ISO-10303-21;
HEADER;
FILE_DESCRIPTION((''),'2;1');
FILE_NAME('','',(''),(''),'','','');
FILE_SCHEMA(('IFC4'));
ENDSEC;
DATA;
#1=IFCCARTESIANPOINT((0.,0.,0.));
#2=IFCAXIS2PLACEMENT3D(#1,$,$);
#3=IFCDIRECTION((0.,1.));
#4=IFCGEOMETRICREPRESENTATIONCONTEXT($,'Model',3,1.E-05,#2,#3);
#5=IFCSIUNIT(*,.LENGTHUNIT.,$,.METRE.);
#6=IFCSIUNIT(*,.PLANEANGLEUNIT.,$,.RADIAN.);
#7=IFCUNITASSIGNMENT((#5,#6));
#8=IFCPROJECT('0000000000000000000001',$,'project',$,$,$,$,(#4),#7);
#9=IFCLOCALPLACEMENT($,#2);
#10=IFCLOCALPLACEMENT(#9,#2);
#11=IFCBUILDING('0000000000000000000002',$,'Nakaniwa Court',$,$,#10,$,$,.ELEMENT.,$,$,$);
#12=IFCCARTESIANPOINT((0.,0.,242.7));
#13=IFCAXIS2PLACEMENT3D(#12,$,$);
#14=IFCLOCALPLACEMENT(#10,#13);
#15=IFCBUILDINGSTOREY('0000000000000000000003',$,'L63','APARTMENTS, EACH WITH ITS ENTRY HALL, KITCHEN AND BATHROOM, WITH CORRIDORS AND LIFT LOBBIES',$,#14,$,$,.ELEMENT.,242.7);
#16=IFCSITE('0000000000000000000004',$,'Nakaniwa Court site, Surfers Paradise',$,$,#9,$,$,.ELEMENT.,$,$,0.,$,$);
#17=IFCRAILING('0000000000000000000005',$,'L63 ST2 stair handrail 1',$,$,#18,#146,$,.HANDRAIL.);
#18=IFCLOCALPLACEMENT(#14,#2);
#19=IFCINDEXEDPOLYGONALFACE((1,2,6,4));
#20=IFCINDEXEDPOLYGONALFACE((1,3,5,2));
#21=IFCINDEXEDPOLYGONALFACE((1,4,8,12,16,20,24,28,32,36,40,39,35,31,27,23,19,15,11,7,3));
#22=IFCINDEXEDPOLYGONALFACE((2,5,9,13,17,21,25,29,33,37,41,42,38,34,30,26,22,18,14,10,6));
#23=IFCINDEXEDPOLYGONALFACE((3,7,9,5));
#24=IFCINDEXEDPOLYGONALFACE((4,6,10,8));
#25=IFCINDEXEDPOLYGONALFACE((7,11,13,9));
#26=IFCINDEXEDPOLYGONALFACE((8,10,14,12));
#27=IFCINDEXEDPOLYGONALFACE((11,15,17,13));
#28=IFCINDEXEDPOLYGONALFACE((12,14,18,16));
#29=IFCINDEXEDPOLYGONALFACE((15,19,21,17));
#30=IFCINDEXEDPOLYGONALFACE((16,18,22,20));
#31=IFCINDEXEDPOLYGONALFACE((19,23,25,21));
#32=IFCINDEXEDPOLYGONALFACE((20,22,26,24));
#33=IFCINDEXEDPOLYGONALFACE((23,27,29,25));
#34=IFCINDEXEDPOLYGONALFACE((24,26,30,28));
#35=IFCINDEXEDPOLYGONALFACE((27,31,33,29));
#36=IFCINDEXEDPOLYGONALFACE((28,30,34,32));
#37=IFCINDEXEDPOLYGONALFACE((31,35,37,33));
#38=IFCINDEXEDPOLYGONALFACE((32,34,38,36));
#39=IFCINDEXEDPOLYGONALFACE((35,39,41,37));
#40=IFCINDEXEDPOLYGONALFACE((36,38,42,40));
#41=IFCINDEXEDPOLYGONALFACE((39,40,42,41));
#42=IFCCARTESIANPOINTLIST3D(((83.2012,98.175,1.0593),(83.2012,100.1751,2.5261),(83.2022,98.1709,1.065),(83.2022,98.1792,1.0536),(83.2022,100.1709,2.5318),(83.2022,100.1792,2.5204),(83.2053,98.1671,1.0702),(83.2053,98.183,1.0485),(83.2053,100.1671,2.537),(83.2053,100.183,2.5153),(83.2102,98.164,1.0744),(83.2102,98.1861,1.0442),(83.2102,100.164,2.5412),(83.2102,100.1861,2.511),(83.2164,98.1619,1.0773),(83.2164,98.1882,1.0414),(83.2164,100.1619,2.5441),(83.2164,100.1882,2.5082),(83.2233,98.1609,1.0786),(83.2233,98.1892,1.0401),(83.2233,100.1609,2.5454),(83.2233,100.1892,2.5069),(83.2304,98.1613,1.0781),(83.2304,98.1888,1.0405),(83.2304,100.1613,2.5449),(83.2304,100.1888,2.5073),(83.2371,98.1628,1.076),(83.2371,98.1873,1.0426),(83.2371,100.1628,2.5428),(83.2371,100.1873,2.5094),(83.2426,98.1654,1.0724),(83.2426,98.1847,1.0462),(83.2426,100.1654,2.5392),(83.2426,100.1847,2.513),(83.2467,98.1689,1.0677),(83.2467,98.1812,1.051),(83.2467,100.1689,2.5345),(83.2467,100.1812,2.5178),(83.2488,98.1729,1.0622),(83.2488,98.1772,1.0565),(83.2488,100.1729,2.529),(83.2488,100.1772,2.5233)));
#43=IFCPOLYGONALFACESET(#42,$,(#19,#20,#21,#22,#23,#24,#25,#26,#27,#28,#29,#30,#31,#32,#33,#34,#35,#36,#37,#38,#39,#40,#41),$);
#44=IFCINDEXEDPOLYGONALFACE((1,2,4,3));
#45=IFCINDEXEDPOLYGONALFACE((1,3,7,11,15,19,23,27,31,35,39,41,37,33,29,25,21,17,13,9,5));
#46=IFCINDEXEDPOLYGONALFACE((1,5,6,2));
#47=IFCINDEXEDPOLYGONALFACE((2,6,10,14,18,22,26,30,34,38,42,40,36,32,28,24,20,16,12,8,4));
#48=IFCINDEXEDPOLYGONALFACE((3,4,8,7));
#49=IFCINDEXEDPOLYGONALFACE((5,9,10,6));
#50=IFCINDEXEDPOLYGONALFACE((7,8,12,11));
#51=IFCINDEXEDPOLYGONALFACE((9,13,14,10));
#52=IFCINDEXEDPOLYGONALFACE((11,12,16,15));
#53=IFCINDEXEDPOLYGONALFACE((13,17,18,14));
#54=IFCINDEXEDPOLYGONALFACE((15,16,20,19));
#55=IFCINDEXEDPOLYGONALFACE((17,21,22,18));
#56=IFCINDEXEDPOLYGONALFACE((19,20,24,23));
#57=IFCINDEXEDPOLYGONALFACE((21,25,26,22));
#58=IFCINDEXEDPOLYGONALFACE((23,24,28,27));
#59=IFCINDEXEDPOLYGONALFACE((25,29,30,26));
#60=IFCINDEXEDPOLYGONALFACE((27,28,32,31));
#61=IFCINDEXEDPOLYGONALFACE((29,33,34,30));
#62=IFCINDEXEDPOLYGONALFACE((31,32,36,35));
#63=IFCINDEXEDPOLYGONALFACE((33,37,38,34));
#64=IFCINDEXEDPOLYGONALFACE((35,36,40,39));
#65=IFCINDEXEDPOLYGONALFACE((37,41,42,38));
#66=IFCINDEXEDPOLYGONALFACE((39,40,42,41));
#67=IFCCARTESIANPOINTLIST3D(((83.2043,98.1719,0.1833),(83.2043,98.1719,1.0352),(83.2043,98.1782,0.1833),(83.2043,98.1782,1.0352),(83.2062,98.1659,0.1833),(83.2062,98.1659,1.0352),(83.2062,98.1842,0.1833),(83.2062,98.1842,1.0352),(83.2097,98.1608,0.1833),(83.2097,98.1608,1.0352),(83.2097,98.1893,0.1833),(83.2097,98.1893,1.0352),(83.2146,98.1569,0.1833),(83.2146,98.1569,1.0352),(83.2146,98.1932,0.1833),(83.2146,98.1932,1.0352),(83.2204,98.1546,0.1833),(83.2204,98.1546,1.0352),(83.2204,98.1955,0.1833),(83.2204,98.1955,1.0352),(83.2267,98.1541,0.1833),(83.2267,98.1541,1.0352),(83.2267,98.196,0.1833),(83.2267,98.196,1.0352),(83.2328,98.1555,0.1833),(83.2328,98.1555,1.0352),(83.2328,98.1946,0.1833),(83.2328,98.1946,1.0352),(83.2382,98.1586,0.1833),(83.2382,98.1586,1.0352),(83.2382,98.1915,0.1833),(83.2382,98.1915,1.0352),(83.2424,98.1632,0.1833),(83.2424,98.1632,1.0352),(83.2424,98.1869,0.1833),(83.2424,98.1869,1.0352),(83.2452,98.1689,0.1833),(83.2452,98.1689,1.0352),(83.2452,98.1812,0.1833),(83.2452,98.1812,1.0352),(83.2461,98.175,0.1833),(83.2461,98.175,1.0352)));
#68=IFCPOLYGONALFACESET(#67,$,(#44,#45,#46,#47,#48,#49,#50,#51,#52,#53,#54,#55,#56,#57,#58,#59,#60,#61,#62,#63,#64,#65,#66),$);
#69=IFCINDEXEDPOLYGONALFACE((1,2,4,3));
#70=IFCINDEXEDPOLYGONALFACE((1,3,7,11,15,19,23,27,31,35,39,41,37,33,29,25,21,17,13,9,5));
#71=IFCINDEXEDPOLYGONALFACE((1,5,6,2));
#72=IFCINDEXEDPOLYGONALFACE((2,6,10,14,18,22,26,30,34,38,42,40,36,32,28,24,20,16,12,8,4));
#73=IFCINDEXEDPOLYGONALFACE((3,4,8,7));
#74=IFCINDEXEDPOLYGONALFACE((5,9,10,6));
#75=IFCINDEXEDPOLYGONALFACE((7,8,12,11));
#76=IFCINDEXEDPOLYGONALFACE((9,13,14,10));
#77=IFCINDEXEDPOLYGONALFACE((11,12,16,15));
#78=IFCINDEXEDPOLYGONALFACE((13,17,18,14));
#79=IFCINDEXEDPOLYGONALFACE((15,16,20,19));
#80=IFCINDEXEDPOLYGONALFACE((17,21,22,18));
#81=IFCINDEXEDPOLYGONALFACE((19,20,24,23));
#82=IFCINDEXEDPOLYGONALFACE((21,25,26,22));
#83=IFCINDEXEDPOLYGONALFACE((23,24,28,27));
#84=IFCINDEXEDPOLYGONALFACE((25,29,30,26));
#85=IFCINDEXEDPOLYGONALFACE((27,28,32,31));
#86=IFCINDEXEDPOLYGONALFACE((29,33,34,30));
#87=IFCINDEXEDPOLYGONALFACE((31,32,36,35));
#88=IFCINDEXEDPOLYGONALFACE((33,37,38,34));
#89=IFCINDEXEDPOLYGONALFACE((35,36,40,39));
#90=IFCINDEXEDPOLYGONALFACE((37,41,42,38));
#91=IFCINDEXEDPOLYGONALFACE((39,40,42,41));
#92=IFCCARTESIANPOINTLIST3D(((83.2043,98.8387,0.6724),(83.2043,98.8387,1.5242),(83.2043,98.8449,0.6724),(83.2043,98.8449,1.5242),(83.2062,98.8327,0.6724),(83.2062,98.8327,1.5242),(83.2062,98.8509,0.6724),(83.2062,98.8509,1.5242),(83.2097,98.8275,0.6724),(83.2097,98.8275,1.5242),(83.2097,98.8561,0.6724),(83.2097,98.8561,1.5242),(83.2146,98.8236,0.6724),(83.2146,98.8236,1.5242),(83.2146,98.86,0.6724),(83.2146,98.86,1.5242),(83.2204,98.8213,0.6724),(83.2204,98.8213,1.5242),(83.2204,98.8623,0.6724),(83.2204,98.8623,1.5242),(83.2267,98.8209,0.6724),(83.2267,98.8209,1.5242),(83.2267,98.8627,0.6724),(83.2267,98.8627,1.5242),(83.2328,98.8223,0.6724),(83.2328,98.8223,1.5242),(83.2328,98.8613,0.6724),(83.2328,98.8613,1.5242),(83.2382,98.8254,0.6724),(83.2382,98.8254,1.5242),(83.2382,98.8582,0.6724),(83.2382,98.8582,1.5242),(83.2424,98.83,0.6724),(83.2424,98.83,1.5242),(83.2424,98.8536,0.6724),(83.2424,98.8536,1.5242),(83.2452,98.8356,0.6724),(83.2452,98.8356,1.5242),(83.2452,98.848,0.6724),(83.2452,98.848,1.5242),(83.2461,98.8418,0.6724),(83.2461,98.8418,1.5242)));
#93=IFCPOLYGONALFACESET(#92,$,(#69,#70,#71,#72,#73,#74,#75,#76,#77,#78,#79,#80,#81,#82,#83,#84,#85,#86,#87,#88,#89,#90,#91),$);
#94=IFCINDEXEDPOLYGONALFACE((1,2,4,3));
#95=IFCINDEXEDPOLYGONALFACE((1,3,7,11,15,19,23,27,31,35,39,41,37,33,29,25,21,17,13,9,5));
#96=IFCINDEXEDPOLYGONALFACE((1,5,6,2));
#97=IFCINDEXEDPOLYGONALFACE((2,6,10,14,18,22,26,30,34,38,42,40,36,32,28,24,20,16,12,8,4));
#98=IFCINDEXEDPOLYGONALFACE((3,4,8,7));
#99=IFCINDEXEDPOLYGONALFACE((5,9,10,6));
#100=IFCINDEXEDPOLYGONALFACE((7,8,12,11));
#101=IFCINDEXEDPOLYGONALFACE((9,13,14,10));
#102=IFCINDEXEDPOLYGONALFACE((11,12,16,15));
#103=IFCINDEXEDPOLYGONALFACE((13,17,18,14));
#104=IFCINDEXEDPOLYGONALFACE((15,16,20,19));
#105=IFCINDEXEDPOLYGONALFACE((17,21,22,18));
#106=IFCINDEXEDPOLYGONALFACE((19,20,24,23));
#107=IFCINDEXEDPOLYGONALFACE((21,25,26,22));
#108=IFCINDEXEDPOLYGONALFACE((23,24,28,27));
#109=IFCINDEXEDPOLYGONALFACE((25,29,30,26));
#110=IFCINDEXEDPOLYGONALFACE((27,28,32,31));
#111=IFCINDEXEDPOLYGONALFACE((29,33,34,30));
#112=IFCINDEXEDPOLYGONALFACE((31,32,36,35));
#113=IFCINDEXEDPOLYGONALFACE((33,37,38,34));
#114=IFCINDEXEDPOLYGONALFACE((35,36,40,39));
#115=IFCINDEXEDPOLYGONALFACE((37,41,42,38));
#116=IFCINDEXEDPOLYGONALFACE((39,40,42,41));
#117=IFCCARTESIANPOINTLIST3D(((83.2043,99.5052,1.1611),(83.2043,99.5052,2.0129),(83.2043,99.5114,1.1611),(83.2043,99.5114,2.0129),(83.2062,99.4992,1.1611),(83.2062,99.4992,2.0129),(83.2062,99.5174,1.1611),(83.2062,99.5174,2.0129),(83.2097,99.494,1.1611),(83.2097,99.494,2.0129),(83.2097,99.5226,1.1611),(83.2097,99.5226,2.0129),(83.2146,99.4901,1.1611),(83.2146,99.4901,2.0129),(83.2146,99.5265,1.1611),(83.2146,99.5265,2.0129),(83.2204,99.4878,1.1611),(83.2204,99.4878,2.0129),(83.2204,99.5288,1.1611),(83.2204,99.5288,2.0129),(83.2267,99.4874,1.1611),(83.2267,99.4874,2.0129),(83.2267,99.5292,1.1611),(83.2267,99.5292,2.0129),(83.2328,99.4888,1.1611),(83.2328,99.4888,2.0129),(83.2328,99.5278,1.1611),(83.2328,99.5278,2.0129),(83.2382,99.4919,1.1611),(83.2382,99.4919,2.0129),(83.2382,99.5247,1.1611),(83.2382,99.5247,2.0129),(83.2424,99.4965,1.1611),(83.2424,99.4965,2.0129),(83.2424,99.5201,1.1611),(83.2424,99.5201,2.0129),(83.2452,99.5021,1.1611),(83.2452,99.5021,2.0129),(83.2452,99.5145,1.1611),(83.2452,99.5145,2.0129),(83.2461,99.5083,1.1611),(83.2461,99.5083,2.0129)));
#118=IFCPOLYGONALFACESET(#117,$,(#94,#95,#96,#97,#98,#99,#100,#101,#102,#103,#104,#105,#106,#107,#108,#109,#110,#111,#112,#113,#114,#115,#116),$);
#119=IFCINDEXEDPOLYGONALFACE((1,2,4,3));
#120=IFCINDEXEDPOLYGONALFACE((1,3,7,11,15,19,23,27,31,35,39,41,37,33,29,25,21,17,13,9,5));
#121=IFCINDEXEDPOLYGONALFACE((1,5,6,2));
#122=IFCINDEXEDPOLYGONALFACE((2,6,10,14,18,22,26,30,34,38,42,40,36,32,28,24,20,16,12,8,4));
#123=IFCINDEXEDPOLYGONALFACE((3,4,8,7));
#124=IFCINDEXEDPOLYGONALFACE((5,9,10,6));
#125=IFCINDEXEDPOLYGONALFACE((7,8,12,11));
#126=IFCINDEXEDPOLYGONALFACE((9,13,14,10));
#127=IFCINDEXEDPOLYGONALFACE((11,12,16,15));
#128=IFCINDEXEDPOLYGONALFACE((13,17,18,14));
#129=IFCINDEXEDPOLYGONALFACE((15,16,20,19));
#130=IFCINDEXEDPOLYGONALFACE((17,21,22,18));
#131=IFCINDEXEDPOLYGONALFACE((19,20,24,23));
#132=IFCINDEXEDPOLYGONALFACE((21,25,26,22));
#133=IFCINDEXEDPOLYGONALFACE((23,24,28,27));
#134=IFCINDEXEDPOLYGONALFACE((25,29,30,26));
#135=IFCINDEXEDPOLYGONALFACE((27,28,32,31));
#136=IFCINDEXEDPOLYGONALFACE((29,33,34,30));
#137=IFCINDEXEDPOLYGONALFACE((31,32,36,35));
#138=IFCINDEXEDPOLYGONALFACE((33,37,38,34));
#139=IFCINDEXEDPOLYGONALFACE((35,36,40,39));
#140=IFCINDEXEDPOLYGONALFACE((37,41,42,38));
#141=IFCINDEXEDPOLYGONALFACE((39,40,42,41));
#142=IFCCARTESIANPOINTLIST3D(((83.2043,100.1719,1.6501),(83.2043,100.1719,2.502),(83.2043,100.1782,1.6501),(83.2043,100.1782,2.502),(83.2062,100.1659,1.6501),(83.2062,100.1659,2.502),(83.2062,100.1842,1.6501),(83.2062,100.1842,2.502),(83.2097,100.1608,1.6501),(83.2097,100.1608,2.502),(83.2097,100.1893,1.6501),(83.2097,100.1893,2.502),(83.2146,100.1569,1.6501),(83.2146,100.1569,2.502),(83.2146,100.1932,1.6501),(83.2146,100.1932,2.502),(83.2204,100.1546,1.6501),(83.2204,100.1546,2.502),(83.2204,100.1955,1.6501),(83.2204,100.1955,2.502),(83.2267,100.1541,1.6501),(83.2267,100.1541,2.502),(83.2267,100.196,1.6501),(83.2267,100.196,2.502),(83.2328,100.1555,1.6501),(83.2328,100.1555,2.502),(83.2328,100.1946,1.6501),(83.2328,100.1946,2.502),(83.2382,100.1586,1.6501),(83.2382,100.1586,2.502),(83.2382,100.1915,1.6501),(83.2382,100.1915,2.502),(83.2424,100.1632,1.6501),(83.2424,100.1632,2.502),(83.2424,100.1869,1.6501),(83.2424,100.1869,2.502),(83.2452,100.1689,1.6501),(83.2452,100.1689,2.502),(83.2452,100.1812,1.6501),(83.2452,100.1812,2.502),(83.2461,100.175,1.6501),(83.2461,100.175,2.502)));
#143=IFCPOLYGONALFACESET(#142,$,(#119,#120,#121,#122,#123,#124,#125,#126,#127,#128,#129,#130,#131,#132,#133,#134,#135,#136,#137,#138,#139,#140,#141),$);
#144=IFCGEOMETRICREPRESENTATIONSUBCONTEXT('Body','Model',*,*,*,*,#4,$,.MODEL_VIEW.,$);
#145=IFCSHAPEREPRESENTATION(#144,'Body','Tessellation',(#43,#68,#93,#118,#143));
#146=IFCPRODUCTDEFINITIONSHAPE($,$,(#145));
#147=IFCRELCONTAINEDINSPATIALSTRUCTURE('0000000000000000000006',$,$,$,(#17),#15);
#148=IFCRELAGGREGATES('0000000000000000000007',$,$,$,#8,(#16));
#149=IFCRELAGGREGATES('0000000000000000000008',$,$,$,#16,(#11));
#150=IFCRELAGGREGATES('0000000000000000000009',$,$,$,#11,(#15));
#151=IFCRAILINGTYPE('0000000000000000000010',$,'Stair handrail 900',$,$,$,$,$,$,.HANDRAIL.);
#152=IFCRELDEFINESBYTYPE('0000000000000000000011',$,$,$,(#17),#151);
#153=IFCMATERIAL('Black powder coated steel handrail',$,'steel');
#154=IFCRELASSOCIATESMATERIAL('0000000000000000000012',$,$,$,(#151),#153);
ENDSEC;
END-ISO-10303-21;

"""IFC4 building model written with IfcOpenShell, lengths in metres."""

from ifc_helpers import new_model, si_unit, direction, frame, origin, origin_2d, place, context, subcontext, project, spatial, circle, extrude, material, type_object, element, save


model = new_model("IFC4")

# Units and contexts
model_context = context("Model", 3, precision=1e-05, world=origin(), true_north=direction((0.0, 1.0)))
body_context = subcontext(model_context, "Body", "Model", "MODEL_VIEW")
ifc_project = project(units=[si_unit("LENGTHUNIT", "METRE"), si_unit("PLANEANGLEUNIT", "RADIAN")], contexts=[model_context])

# Site, building, storey
site_placement = place(None, origin())
site = spatial("IfcSite", under=ifc_project, at=site_placement, Name="Nakaniwa Court site, Surfers Paradise", CompositionType="ELEMENT", RefElevation=0.0)
building_placement = place(site_placement, origin())
building = spatial("IfcBuilding", under=site, at=building_placement, Name="Nakaniwa Court", CompositionType="ELEMENT")
storey_placement = place(building_placement, frame((0.0, 0.0, 242.7)))
storey = spatial("IfcBuildingStorey", under=building, at=storey_placement, Name="L63", Description="APARTMENTS, EACH WITH ITS ENTRY HALL, KITCHEN AND BATHROOM, WITH CORRIDORS AND LIFT LOBBIES", CompositionType="ELEMENT", Elevation=242.7)

# Railing
ifc_material_1 = material(Name="Black powder coated steel handrail", Category="steel")
railing_type_1 = type_object("IfcRailingType", Name="Stair handrail 900", PredefinedType="HANDRAIL", material=ifc_material_1)
railing_1_placement = place(storey_placement, frame((83.2251, 98.175, 0.1833)))
element("IfcRailing", 1, at=railing_1_placement, inside=storey, type_object=railing_type_1, Name="L63 ST2 stair handrail 1", PredefinedType="HANDRAIL", context=body_context, shape_type="SweptSolid", body=[
    extrude(circle(Radius=0.0239, at=origin_2d()), frame((0.0, 0.0, 0.876), z_axis=(0.0, 0.80638, 0.591398), x_axis=(-1.0, 0.0, 0.0)), (0.0, 0.0, 1.0), 2.4802),
    extrude(circle(Radius=0.021, at=origin_2d()), origin(), (0.0, 0.0, 1.0), 0.8518),
    extrude(circle(Radius=0.021, at=origin_2d()), frame((0.0, 0.6667, 0.489)), (0.0, 0.0, 1.0), 0.8518),
    extrude(circle(Radius=0.021, at=origin_2d()), frame((0.0, 1.3333, 0.9778)), (0.0, 0.0, 1.0), 0.8518),
    extrude(circle(Radius=0.021, at=origin_2d()), frame((0.0, 2.0, 1.4668)), (0.0, 0.0, 1.0), 0.8518),
])

save(model, "model.ifc")
